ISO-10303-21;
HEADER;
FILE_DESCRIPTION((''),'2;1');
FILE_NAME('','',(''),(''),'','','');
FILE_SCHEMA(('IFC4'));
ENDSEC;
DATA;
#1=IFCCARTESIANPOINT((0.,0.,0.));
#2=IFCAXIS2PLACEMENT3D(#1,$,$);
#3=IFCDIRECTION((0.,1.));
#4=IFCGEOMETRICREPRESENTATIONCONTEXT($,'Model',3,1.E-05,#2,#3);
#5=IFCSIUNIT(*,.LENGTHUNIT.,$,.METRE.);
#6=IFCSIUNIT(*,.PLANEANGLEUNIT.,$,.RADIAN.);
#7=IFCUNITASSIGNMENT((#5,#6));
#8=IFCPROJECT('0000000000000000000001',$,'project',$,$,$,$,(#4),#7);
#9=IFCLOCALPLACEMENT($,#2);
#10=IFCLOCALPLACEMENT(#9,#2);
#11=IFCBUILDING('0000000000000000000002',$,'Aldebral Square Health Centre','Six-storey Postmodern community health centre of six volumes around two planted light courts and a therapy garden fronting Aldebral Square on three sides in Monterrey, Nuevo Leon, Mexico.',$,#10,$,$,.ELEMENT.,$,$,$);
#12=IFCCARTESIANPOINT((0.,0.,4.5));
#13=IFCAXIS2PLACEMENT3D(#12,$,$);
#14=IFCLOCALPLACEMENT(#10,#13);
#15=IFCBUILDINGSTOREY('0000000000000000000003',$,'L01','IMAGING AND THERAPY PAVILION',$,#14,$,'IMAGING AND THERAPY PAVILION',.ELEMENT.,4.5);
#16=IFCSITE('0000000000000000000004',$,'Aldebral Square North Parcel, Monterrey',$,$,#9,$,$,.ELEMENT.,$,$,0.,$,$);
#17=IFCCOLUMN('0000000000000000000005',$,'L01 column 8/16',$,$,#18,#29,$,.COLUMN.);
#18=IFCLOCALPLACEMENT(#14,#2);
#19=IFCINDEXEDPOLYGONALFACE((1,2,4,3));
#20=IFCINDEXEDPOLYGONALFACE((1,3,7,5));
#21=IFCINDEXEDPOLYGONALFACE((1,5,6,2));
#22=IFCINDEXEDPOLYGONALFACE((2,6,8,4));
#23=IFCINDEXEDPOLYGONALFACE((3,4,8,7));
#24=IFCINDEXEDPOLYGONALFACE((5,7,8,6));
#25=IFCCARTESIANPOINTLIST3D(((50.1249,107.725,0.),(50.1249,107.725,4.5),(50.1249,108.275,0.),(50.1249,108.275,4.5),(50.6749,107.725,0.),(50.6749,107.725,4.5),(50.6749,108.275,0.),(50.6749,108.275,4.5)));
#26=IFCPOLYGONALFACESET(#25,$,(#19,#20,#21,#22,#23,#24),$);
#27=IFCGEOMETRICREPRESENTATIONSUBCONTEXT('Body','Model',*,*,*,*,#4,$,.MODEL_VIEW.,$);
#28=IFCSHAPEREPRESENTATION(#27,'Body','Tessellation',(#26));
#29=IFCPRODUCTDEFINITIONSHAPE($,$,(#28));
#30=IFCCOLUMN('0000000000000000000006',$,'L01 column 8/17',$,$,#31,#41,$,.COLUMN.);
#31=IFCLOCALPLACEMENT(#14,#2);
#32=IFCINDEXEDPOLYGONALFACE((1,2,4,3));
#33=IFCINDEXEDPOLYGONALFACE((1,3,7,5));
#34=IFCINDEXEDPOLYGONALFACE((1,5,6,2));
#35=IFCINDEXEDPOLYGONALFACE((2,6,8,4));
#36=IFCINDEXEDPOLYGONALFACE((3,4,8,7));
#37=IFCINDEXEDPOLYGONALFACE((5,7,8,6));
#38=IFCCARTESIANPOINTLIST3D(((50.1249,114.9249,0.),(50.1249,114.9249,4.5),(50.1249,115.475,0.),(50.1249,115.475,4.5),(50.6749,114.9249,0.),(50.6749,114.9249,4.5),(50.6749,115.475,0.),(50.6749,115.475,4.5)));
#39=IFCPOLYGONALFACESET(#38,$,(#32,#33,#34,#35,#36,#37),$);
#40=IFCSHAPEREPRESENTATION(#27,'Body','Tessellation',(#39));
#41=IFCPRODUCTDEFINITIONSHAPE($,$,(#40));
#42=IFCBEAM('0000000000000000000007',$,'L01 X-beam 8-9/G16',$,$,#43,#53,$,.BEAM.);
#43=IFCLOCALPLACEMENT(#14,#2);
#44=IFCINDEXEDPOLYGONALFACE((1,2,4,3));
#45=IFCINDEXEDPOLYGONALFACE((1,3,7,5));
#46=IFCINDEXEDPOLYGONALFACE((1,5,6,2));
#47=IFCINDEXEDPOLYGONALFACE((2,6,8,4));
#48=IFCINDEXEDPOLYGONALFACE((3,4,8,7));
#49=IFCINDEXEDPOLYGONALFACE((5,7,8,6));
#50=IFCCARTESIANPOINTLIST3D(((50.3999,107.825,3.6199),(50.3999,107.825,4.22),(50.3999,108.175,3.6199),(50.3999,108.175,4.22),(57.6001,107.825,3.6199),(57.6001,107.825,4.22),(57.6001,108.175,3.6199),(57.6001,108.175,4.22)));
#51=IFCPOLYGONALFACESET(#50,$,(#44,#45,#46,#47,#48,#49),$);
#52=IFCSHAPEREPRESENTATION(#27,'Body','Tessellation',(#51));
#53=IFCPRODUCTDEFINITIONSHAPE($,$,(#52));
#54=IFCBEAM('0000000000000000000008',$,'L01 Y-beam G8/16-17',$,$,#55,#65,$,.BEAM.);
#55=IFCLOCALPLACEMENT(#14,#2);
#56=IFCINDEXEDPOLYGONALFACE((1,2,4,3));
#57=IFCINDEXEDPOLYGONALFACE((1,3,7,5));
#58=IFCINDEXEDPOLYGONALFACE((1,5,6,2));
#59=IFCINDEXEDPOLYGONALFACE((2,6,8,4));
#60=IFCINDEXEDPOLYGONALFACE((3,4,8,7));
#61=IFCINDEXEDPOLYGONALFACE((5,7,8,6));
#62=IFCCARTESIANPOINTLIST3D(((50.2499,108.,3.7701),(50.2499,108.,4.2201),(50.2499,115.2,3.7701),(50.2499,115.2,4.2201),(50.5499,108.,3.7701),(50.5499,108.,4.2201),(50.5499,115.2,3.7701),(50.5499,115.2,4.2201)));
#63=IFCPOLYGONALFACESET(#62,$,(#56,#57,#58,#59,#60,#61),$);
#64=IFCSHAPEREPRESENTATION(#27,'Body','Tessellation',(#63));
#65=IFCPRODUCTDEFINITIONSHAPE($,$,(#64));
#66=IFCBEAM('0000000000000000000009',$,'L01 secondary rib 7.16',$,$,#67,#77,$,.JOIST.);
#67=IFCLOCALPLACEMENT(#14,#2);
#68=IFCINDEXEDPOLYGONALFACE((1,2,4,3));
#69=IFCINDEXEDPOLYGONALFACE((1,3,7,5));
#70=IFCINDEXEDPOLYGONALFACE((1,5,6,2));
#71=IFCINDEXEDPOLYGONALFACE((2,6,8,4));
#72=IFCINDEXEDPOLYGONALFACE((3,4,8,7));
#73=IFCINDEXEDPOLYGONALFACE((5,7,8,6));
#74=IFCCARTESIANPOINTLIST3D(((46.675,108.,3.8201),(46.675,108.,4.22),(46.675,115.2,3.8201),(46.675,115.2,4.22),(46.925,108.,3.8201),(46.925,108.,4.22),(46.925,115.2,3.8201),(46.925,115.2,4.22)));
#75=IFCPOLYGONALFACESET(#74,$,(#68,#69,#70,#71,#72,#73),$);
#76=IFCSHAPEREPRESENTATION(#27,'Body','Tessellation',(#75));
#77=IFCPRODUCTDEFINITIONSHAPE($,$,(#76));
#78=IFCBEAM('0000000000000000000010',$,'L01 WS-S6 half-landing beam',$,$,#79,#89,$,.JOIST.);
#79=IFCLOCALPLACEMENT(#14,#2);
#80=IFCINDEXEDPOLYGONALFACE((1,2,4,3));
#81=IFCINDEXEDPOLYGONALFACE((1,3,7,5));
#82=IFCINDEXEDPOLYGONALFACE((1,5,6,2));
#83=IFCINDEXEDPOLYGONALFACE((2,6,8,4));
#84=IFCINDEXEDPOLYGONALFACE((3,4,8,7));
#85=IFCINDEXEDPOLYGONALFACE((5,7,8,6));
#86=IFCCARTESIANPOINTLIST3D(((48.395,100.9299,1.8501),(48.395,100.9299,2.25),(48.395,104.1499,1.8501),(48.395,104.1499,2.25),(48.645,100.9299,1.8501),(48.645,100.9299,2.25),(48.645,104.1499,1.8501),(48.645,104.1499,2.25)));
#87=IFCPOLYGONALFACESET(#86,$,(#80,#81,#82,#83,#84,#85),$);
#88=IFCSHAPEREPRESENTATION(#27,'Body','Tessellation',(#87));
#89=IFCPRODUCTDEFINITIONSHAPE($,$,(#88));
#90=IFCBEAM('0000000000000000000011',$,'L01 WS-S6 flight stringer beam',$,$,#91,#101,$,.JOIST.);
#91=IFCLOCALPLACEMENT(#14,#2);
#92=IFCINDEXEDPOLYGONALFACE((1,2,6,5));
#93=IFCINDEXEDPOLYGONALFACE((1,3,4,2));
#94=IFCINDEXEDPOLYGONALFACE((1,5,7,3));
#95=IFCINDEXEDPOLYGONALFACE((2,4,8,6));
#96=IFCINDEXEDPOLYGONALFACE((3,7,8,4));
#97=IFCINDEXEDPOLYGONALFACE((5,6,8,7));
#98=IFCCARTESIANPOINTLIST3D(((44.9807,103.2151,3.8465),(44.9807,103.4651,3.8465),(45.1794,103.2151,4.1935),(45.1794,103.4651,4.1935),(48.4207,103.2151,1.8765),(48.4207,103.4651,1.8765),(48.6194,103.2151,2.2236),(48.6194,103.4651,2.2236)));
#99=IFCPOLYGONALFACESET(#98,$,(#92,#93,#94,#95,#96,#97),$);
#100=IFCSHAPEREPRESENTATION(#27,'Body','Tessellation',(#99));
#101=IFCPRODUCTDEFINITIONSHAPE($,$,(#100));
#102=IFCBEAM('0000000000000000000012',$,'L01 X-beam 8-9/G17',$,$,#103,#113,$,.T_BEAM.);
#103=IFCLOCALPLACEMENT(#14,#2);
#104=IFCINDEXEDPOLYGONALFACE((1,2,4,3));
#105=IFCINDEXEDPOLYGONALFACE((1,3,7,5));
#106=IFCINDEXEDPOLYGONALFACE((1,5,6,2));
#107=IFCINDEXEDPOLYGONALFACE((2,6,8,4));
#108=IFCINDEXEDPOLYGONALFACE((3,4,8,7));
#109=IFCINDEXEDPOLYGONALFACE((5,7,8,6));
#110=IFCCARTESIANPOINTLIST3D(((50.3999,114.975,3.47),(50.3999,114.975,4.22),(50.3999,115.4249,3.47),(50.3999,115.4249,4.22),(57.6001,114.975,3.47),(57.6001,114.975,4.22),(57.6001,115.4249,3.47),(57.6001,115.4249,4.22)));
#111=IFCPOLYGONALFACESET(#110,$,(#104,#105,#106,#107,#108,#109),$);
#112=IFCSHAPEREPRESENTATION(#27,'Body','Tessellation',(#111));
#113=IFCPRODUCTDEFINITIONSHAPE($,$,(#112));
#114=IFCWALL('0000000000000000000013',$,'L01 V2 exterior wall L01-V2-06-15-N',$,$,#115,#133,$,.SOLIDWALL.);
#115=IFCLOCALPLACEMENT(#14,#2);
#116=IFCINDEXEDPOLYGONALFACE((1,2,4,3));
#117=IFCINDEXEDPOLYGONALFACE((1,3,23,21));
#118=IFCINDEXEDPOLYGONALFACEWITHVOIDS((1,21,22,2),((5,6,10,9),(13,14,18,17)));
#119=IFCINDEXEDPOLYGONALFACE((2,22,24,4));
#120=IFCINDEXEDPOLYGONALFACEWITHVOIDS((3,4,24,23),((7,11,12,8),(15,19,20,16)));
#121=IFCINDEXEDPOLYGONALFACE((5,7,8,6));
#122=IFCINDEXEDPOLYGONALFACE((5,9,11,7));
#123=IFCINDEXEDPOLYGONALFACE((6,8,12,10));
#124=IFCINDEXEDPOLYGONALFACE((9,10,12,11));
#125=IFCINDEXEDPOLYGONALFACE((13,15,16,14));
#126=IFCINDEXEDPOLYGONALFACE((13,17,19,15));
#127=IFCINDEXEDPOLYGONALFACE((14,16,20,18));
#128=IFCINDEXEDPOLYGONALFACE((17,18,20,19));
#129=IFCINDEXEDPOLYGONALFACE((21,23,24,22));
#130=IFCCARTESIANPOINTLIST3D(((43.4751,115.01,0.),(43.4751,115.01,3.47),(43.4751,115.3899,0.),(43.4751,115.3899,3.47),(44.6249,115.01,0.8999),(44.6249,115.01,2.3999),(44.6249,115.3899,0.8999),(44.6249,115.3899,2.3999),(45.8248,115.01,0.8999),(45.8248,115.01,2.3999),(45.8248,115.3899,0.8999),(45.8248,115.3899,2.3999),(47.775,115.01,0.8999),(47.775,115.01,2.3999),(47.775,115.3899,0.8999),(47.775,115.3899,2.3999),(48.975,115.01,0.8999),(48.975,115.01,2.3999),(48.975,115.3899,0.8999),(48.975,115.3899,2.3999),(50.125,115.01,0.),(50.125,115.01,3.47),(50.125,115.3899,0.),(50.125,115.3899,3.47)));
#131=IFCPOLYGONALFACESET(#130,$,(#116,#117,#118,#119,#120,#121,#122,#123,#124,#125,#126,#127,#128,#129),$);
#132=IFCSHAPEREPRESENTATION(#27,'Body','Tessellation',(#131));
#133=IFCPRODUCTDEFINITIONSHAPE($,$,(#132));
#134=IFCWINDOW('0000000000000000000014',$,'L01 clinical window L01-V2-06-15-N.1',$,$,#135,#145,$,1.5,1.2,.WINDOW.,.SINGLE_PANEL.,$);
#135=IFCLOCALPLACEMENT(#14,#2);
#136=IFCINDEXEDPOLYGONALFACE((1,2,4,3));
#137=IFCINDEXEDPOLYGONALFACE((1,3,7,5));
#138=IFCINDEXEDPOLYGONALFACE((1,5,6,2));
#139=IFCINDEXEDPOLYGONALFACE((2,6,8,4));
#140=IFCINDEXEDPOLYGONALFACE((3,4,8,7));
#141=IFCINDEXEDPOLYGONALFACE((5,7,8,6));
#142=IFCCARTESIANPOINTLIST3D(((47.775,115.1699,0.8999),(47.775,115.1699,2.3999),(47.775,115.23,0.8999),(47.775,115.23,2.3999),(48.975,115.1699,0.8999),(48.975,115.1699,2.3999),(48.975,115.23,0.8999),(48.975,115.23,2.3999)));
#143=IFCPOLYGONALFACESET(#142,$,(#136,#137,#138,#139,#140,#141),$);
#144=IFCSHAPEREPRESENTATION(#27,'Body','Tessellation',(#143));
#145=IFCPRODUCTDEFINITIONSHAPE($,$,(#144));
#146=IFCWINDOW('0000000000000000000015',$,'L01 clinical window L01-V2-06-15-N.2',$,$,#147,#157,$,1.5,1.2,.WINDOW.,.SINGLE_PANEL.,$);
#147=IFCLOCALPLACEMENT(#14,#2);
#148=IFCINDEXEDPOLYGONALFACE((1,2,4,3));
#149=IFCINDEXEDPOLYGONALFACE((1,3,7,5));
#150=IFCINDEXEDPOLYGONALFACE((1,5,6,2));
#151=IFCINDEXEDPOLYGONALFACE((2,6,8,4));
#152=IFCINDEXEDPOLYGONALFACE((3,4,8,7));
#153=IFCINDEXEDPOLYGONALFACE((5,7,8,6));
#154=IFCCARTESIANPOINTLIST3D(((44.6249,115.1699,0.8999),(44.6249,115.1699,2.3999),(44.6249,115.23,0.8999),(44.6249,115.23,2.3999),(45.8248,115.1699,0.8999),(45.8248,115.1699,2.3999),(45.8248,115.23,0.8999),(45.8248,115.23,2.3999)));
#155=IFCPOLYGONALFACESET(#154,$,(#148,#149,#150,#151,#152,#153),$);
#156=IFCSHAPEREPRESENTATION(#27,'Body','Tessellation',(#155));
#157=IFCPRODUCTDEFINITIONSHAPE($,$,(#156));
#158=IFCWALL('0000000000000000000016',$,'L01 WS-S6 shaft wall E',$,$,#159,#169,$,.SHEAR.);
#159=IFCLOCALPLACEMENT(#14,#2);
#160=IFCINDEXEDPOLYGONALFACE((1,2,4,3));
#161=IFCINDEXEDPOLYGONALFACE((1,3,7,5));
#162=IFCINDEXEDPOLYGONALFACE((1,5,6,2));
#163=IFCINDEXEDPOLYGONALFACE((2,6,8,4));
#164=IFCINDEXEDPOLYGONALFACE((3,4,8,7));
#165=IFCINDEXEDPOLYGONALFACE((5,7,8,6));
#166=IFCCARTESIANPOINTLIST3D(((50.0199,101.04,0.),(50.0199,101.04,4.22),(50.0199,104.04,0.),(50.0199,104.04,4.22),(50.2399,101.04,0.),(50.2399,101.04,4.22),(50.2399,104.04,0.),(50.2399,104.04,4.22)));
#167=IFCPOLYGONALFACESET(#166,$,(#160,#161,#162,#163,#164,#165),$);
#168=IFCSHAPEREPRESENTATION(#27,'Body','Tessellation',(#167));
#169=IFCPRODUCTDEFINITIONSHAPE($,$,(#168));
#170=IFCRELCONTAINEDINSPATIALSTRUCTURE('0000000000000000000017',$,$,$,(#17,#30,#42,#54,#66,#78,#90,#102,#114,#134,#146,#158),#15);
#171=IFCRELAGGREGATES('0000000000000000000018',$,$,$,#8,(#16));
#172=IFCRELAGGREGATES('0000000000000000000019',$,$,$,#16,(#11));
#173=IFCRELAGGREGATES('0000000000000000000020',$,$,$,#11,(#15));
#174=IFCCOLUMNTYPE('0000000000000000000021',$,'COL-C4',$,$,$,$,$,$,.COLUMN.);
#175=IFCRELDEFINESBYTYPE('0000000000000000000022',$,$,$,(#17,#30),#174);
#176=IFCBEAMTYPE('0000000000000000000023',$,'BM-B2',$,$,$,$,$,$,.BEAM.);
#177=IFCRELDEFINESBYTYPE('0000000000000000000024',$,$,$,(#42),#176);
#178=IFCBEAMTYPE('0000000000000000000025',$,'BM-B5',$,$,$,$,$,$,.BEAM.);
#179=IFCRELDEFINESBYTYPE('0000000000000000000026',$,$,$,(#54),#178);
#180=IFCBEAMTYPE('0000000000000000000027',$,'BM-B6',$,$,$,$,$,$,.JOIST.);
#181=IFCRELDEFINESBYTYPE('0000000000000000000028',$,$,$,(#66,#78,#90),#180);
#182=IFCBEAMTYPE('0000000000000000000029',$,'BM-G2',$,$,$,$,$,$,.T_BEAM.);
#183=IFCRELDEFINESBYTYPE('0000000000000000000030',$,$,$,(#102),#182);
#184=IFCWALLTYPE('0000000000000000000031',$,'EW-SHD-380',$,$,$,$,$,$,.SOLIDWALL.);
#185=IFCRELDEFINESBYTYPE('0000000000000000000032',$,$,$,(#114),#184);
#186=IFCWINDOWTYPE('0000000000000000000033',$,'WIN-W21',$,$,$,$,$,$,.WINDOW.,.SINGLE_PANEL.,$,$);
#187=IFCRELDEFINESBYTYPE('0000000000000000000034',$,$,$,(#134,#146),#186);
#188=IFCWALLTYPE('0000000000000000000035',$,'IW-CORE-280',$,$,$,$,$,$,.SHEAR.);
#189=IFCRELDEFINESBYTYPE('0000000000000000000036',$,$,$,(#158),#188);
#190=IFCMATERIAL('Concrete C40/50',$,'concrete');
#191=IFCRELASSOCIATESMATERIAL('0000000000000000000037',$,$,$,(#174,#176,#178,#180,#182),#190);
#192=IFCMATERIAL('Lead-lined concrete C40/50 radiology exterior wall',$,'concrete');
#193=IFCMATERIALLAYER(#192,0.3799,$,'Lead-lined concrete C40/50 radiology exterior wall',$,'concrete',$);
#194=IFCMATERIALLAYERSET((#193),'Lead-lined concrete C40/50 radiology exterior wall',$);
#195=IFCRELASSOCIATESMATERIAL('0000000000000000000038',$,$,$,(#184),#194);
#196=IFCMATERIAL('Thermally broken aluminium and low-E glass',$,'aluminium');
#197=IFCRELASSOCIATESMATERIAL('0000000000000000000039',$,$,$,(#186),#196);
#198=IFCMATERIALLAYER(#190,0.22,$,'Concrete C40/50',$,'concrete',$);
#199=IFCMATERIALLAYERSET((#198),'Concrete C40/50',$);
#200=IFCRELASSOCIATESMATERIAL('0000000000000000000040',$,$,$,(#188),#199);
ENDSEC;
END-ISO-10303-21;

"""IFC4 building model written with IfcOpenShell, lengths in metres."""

from ifc_helpers import new_model, si_unit, direction, frame, frame_2d, origin, origin_2d, place, context, subcontext, project, spatial, rectangle, extrude, material, layer, layer_set, material_profile, profile_set, type_object, element, fill, save


model = new_model("IFC4")

# Units and contexts
model_context = context("Model", 3, precision=1e-05, world=origin(), true_north=direction((0.0, 1.0)))
body_context = subcontext(model_context, "Body", "Model", "MODEL_VIEW")
ifc_project = project(units=[si_unit("LENGTHUNIT", "METRE"), si_unit("PLANEANGLEUNIT", "RADIAN")], contexts=[model_context])

# Site, building, storey
site_placement = place(None, origin())
site = spatial("IfcSite", under=ifc_project, at=site_placement, Name="Aldebral Square North Parcel, Monterrey", CompositionType="ELEMENT", RefElevation=0.0)
building_placement = place(site_placement, origin())
building = spatial("IfcBuilding", under=site, at=building_placement, Name="Aldebral Square Health Centre", Description="Six-storey Postmodern community health centre of six volumes around two planted light courts and a therapy garden fronting Aldebral Square on three sides in Monterrey, Nuevo Leon, Mexico.", CompositionType="ELEMENT")
storey_placement = place(building_placement, frame((0.0, 0.0, 4.5)))
storey = spatial("IfcBuildingStorey", under=building, at=storey_placement, Name="L01", Description="IMAGING AND THERAPY PAVILION", LongName="IMAGING AND THERAPY PAVILION", CompositionType="ELEMENT", Elevation=4.5)

# Columns
ifc_material_1 = material(Name="Concrete C40/50", Category="concrete")
ifc_material_profile_1 = material_profile(ifc_material_1, rectangle(XDim=0.55, YDim=0.55, at=origin_2d()), Name="RC 550x550")
ifc_profile_set_1 = profile_set([ifc_material_profile_1], Name="Concrete C40/50")
column_type = type_object("IfcColumnType", Name="COL-C4", PredefinedType="COLUMN", material=ifc_profile_set_1)
for number, where, z_axis, x_axis, name in (
    (1, (50.3999, 108.0, 0.0), (0.0, 0.0, 1.0), (1.0, 0.0, 0.0), "L01 column 8/16"),
    (2, (50.3999, 115.2, 0.0), (0.0, 0.0, 1.0), (1.0, 0.0, 0.0), "L01 column 8/17"),
):
    element("IfcColumn", number, at=place(storey_placement, frame(where, z_axis=z_axis, x_axis=x_axis)), inside=storey, type_object=column_type, Name=name, PredefinedType="COLUMN", context=body_context, shape_type="SweptSolid", body=[
        extrude(rectangle(XDim=0.55, YDim=0.55, at=origin_2d()), origin(), (0.0, 0.0, 1.0), 4.5),
    ])

# Beams
ifc_material_profile_2 = material_profile(ifc_material_1, rectangle(XDim=0.3501, YDim=0.6001, at=origin_2d()), Name="RC 350x600")
ifc_profile_set_2 = profile_set([ifc_material_profile_2], Name="Concrete C40/50")
beam_type_1 = type_object("IfcBeamType", Name="BM-B2", PredefinedType="BEAM", material=ifc_profile_set_2)
beam_1_placement = place(storey_placement, frame((50.3999, 108.0, 3.9199), z_axis=(1.0, 0.0, 0.0), x_axis=(0.0, 1.0, 0.0)))
element("IfcBeam", 3, at=beam_1_placement, inside=storey, type_object=beam_type_1, Name="L01 X-beam 8-9/G16", PredefinedType="BEAM", context=body_context, shape_type="SweptSolid", body=[
    extrude(rectangle(XDim=0.3501, YDim=0.6001, at=origin_2d()), origin(), (0.0, 0.0, 1.0), 7.2002),
])
ifc_material_profile_3 = material_profile(ifc_material_1, rectangle(XDim=0.3, YDim=0.45, at=origin_2d()), Name="RC 300x450")
ifc_profile_set_3 = profile_set([ifc_material_profile_3], Name="Concrete C40/50")
beam_type_2 = type_object("IfcBeamType", Name="BM-B5", PredefinedType="BEAM", material=ifc_profile_set_3)
beam_2_placement = place(storey_placement, frame((50.3999, 108.0, 3.9951), z_axis=(0.0, 1.0, 0.0), x_axis=(-1.0, 0.0, 0.0)))
element("IfcBeam", 4, at=beam_2_placement, inside=storey, type_object=beam_type_2, Name="L01 Y-beam G8/16-17", PredefinedType="BEAM", context=body_context, shape_type="SweptSolid", body=[
    extrude(rectangle(XDim=0.3, YDim=0.45, at=origin_2d()), origin(), (0.0, 0.0, 1.0), 7.2),
])
ifc_material_profile_4 = material_profile(ifc_material_1, rectangle(XDim=0.25, YDim=0.3999, at=origin_2d()), Name="RC 250x400")
ifc_profile_set_4 = profile_set([ifc_material_profile_4], Name="Concrete C40/50")
beam_type_3 = type_object("IfcBeamType", Name="BM-B6", PredefinedType="JOIST", material=ifc_profile_set_4)
beam_3_placement = place(storey_placement, frame((46.8, 108.0, 4.02), z_axis=(0.0, 1.0, 0.0), x_axis=(-1.0, 0.0, 0.0)))
element("IfcBeam", 5, at=beam_3_placement, inside=storey, type_object=beam_type_3, Name="L01 secondary rib 7.16", PredefinedType="JOIST", context=body_context, shape_type="SweptSolid", body=[
    extrude(rectangle(XDim=0.25, YDim=0.3999, at=origin_2d()), origin(), (0.0, 0.0, 1.0), 7.2),
])
beam_4_placement = place(storey_placement, frame((48.52, 100.9299, 2.05), z_axis=(0.0, 1.0, 0.0), x_axis=(-1.0, 0.0, 0.0)))
element("IfcBeam", 6, at=beam_4_placement, inside=storey, type_object=beam_type_3, Name="L01 WS-S6 half-landing beam", PredefinedType="JOIST", context=body_context, shape_type="SweptSolid", body=[
    extrude(rectangle(XDim=0.25, YDim=0.3999, at=origin_2d()), origin(), (0.0, 0.0, 1.0), 3.22),
])
beam_5_placement = place(storey_placement, frame((48.52, 103.3401, 2.05), z_axis=(-0.867777, 0.0, 0.496955), x_axis=(0.0, -1.0, 0.0)))
element("IfcBeam", 7, at=beam_5_placement, inside=storey, type_object=beam_type_3, Name="L01 WS-S6 flight stringer beam", PredefinedType="JOIST", context=body_context, shape_type="SweptSolid", body=[
    extrude(rectangle(XDim=0.25, YDim=0.3999, at=origin_2d()), origin(), (0.0, 0.0, 1.0), 3.9641),
])
ifc_material_profile_5 = material_profile(ifc_material_1, rectangle(XDim=0.45, YDim=0.75, at=origin_2d()), Name="RC 450x750")
ifc_profile_set_5 = profile_set([ifc_material_profile_5], Name="Concrete C40/50")
beam_type_4 = type_object("IfcBeamType", Name="BM-G2", PredefinedType="T_BEAM", material=ifc_profile_set_5)
beam_6_placement = place(storey_placement, frame((50.3999, 115.2, 3.845), z_axis=(1.0, 0.0, 0.0), x_axis=(0.0, 1.0, 0.0)))
element("IfcBeam", 8, at=beam_6_placement, inside=storey, type_object=beam_type_4, Name="L01 X-beam 8-9/G17", PredefinedType="T_BEAM", context=body_context, shape_type="SweptSolid", body=[
    extrude(rectangle(XDim=0.45, YDim=0.75, at=origin_2d()), origin(), (0.0, 0.0, 1.0), 7.2002),
])

# Wall, openings, windows
ifc_material_2 = material(Name="Lead-lined concrete C40/50 radiology exterior wall", Category="concrete")
ifc_layer_1 = layer(ifc_material_2, 0.3799, Name="Lead-lined concrete C40/50 radiology exterior wall", Category="concrete")
ifc_layer_set_1 = layer_set([ifc_layer_1], Name="Lead-lined concrete C40/50 radiology exterior wall")
wall_type_1 = type_object("IfcWallType", Name="EW-SHD-380", PredefinedType="SOLIDWALL", material=ifc_layer_set_1)
wall_1_placement = place(storey_placement, frame((50.125, 115.2, 0.0), z_axis=(0.0, 0.0, 1.0), x_axis=(-1.0, 0.0, 0.0)))
wall_1 = element("IfcWall", 9, at=wall_1_placement, inside=storey, type_object=wall_type_1, Name="L01 V2 exterior wall L01-V2-06-15-N", PredefinedType="SOLIDWALL", context=body_context, shape_type="SweptSolid", body=[
    extrude(rectangle(XDim=6.6499, YDim=0.3799, at=frame_2d((3.325, 0.0))), origin(), (0.0, 0.0, 1.0), 3.47),
])
opening_1_placement = place(wall_1_placement, frame((1.1499, 0.0, 0.8999)))
opening_1 = element("IfcOpeningElement", 10, at=opening_1_placement, cuts=wall_1, PredefinedType="OPENING", context=body_context, shape_type="SweptSolid", body=[
    extrude(rectangle(XDim=1.2, YDim=1.5, at=frame_2d((0.6001, 0.75))), frame((0.0, 0.2, 0.0), z_axis=(0.0, -1.0, 0.0), x_axis=(1.0, 0.0, 0.0)), (0.0, 0.0, 1.0), 0.3999),
])
opening_2_placement = place(wall_1_placement, frame((4.3, 0.0, 0.8999)))
opening_2 = element("IfcOpeningElement", 11, at=opening_2_placement, cuts=wall_1, PredefinedType="OPENING", context=body_context, shape_type="SweptSolid", body=[
    extrude(rectangle(XDim=1.2, YDim=1.5, at=frame_2d((0.6001, 0.75))), frame((0.0, 0.2, 0.0), z_axis=(0.0, -1.0, 0.0), x_axis=(1.0, 0.0, 0.0)), (0.0, 0.0, 1.0), 0.3999),
])
ifc_material_3 = material(Name="Thermally broken aluminium and low-E glass", Category="aluminium")
window_type = type_object("IfcWindowType", Name="WIN-W21", PartitioningType="SINGLE_PANEL", PredefinedType="WINDOW", material=ifc_material_3)
window_1_placement = place(opening_1_placement, origin())
window_1 = element("IfcWindow", 12, at=window_1_placement, inside=storey, type_object=window_type, Name="L01 clinical window L01-V2-06-15-N.1", OverallHeight=1.5, OverallWidth=1.2, PartitioningType="SINGLE_PANEL", PredefinedType="WINDOW", context=body_context, shape_type="SweptSolid", body=[
    extrude(rectangle(XDim=1.2, YDim=1.5, at=frame_2d((0.6001, 0.75))), frame((0.0, 0.03, 0.0), z_axis=(0.0, -1.0, 0.0), x_axis=(1.0, 0.0, 0.0)), (0.0, 0.0, 1.0), 0.0601),
])
fill(opening_1, window_1)
window_2_placement = place(opening_2_placement, origin())
window_2 = element("IfcWindow", 13, at=window_2_placement, inside=storey, type_object=window_type, Name="L01 clinical window L01-V2-06-15-N.2", OverallHeight=1.5, OverallWidth=1.2, PartitioningType="SINGLE_PANEL", PredefinedType="WINDOW", context=body_context, shape_type="SweptSolid", body=[
    extrude(rectangle(XDim=1.2, YDim=1.5, at=frame_2d((0.6001, 0.75))), frame((0.0, 0.03, 0.0), z_axis=(0.0, -1.0, 0.0), x_axis=(1.0, 0.0, 0.0)), (0.0, 0.0, 1.0), 0.0601),
])
fill(opening_2, window_2)

# Wall
ifc_layer_2 = layer(ifc_material_1, 0.22, Name="Concrete C40/50", Category="concrete")
ifc_layer_set_2 = layer_set([ifc_layer_2], Name="Concrete C40/50")
wall_type_2 = type_object("IfcWallType", Name="IW-CORE-280", PredefinedType="SHEAR", material=ifc_layer_set_2)
wall_2_placement = place(storey_placement, frame((50.1299, 101.04, 0.0), z_axis=(0.0, 0.0, 1.0), x_axis=(0.0, 1.0, 0.0)))
element("IfcWall", 14, at=wall_2_placement, inside=storey, type_object=wall_type_2, Name="L01 WS-S6 shaft wall E", PredefinedType="SHEAR", context=body_context, shape_type="SweptSolid", body=[
    extrude(rectangle(XDim=3.0, YDim=0.22, at=frame_2d((1.5, 0.0))), origin(), (0.0, 0.0, 1.0), 4.22),
])

save(model, "model.ifc")
